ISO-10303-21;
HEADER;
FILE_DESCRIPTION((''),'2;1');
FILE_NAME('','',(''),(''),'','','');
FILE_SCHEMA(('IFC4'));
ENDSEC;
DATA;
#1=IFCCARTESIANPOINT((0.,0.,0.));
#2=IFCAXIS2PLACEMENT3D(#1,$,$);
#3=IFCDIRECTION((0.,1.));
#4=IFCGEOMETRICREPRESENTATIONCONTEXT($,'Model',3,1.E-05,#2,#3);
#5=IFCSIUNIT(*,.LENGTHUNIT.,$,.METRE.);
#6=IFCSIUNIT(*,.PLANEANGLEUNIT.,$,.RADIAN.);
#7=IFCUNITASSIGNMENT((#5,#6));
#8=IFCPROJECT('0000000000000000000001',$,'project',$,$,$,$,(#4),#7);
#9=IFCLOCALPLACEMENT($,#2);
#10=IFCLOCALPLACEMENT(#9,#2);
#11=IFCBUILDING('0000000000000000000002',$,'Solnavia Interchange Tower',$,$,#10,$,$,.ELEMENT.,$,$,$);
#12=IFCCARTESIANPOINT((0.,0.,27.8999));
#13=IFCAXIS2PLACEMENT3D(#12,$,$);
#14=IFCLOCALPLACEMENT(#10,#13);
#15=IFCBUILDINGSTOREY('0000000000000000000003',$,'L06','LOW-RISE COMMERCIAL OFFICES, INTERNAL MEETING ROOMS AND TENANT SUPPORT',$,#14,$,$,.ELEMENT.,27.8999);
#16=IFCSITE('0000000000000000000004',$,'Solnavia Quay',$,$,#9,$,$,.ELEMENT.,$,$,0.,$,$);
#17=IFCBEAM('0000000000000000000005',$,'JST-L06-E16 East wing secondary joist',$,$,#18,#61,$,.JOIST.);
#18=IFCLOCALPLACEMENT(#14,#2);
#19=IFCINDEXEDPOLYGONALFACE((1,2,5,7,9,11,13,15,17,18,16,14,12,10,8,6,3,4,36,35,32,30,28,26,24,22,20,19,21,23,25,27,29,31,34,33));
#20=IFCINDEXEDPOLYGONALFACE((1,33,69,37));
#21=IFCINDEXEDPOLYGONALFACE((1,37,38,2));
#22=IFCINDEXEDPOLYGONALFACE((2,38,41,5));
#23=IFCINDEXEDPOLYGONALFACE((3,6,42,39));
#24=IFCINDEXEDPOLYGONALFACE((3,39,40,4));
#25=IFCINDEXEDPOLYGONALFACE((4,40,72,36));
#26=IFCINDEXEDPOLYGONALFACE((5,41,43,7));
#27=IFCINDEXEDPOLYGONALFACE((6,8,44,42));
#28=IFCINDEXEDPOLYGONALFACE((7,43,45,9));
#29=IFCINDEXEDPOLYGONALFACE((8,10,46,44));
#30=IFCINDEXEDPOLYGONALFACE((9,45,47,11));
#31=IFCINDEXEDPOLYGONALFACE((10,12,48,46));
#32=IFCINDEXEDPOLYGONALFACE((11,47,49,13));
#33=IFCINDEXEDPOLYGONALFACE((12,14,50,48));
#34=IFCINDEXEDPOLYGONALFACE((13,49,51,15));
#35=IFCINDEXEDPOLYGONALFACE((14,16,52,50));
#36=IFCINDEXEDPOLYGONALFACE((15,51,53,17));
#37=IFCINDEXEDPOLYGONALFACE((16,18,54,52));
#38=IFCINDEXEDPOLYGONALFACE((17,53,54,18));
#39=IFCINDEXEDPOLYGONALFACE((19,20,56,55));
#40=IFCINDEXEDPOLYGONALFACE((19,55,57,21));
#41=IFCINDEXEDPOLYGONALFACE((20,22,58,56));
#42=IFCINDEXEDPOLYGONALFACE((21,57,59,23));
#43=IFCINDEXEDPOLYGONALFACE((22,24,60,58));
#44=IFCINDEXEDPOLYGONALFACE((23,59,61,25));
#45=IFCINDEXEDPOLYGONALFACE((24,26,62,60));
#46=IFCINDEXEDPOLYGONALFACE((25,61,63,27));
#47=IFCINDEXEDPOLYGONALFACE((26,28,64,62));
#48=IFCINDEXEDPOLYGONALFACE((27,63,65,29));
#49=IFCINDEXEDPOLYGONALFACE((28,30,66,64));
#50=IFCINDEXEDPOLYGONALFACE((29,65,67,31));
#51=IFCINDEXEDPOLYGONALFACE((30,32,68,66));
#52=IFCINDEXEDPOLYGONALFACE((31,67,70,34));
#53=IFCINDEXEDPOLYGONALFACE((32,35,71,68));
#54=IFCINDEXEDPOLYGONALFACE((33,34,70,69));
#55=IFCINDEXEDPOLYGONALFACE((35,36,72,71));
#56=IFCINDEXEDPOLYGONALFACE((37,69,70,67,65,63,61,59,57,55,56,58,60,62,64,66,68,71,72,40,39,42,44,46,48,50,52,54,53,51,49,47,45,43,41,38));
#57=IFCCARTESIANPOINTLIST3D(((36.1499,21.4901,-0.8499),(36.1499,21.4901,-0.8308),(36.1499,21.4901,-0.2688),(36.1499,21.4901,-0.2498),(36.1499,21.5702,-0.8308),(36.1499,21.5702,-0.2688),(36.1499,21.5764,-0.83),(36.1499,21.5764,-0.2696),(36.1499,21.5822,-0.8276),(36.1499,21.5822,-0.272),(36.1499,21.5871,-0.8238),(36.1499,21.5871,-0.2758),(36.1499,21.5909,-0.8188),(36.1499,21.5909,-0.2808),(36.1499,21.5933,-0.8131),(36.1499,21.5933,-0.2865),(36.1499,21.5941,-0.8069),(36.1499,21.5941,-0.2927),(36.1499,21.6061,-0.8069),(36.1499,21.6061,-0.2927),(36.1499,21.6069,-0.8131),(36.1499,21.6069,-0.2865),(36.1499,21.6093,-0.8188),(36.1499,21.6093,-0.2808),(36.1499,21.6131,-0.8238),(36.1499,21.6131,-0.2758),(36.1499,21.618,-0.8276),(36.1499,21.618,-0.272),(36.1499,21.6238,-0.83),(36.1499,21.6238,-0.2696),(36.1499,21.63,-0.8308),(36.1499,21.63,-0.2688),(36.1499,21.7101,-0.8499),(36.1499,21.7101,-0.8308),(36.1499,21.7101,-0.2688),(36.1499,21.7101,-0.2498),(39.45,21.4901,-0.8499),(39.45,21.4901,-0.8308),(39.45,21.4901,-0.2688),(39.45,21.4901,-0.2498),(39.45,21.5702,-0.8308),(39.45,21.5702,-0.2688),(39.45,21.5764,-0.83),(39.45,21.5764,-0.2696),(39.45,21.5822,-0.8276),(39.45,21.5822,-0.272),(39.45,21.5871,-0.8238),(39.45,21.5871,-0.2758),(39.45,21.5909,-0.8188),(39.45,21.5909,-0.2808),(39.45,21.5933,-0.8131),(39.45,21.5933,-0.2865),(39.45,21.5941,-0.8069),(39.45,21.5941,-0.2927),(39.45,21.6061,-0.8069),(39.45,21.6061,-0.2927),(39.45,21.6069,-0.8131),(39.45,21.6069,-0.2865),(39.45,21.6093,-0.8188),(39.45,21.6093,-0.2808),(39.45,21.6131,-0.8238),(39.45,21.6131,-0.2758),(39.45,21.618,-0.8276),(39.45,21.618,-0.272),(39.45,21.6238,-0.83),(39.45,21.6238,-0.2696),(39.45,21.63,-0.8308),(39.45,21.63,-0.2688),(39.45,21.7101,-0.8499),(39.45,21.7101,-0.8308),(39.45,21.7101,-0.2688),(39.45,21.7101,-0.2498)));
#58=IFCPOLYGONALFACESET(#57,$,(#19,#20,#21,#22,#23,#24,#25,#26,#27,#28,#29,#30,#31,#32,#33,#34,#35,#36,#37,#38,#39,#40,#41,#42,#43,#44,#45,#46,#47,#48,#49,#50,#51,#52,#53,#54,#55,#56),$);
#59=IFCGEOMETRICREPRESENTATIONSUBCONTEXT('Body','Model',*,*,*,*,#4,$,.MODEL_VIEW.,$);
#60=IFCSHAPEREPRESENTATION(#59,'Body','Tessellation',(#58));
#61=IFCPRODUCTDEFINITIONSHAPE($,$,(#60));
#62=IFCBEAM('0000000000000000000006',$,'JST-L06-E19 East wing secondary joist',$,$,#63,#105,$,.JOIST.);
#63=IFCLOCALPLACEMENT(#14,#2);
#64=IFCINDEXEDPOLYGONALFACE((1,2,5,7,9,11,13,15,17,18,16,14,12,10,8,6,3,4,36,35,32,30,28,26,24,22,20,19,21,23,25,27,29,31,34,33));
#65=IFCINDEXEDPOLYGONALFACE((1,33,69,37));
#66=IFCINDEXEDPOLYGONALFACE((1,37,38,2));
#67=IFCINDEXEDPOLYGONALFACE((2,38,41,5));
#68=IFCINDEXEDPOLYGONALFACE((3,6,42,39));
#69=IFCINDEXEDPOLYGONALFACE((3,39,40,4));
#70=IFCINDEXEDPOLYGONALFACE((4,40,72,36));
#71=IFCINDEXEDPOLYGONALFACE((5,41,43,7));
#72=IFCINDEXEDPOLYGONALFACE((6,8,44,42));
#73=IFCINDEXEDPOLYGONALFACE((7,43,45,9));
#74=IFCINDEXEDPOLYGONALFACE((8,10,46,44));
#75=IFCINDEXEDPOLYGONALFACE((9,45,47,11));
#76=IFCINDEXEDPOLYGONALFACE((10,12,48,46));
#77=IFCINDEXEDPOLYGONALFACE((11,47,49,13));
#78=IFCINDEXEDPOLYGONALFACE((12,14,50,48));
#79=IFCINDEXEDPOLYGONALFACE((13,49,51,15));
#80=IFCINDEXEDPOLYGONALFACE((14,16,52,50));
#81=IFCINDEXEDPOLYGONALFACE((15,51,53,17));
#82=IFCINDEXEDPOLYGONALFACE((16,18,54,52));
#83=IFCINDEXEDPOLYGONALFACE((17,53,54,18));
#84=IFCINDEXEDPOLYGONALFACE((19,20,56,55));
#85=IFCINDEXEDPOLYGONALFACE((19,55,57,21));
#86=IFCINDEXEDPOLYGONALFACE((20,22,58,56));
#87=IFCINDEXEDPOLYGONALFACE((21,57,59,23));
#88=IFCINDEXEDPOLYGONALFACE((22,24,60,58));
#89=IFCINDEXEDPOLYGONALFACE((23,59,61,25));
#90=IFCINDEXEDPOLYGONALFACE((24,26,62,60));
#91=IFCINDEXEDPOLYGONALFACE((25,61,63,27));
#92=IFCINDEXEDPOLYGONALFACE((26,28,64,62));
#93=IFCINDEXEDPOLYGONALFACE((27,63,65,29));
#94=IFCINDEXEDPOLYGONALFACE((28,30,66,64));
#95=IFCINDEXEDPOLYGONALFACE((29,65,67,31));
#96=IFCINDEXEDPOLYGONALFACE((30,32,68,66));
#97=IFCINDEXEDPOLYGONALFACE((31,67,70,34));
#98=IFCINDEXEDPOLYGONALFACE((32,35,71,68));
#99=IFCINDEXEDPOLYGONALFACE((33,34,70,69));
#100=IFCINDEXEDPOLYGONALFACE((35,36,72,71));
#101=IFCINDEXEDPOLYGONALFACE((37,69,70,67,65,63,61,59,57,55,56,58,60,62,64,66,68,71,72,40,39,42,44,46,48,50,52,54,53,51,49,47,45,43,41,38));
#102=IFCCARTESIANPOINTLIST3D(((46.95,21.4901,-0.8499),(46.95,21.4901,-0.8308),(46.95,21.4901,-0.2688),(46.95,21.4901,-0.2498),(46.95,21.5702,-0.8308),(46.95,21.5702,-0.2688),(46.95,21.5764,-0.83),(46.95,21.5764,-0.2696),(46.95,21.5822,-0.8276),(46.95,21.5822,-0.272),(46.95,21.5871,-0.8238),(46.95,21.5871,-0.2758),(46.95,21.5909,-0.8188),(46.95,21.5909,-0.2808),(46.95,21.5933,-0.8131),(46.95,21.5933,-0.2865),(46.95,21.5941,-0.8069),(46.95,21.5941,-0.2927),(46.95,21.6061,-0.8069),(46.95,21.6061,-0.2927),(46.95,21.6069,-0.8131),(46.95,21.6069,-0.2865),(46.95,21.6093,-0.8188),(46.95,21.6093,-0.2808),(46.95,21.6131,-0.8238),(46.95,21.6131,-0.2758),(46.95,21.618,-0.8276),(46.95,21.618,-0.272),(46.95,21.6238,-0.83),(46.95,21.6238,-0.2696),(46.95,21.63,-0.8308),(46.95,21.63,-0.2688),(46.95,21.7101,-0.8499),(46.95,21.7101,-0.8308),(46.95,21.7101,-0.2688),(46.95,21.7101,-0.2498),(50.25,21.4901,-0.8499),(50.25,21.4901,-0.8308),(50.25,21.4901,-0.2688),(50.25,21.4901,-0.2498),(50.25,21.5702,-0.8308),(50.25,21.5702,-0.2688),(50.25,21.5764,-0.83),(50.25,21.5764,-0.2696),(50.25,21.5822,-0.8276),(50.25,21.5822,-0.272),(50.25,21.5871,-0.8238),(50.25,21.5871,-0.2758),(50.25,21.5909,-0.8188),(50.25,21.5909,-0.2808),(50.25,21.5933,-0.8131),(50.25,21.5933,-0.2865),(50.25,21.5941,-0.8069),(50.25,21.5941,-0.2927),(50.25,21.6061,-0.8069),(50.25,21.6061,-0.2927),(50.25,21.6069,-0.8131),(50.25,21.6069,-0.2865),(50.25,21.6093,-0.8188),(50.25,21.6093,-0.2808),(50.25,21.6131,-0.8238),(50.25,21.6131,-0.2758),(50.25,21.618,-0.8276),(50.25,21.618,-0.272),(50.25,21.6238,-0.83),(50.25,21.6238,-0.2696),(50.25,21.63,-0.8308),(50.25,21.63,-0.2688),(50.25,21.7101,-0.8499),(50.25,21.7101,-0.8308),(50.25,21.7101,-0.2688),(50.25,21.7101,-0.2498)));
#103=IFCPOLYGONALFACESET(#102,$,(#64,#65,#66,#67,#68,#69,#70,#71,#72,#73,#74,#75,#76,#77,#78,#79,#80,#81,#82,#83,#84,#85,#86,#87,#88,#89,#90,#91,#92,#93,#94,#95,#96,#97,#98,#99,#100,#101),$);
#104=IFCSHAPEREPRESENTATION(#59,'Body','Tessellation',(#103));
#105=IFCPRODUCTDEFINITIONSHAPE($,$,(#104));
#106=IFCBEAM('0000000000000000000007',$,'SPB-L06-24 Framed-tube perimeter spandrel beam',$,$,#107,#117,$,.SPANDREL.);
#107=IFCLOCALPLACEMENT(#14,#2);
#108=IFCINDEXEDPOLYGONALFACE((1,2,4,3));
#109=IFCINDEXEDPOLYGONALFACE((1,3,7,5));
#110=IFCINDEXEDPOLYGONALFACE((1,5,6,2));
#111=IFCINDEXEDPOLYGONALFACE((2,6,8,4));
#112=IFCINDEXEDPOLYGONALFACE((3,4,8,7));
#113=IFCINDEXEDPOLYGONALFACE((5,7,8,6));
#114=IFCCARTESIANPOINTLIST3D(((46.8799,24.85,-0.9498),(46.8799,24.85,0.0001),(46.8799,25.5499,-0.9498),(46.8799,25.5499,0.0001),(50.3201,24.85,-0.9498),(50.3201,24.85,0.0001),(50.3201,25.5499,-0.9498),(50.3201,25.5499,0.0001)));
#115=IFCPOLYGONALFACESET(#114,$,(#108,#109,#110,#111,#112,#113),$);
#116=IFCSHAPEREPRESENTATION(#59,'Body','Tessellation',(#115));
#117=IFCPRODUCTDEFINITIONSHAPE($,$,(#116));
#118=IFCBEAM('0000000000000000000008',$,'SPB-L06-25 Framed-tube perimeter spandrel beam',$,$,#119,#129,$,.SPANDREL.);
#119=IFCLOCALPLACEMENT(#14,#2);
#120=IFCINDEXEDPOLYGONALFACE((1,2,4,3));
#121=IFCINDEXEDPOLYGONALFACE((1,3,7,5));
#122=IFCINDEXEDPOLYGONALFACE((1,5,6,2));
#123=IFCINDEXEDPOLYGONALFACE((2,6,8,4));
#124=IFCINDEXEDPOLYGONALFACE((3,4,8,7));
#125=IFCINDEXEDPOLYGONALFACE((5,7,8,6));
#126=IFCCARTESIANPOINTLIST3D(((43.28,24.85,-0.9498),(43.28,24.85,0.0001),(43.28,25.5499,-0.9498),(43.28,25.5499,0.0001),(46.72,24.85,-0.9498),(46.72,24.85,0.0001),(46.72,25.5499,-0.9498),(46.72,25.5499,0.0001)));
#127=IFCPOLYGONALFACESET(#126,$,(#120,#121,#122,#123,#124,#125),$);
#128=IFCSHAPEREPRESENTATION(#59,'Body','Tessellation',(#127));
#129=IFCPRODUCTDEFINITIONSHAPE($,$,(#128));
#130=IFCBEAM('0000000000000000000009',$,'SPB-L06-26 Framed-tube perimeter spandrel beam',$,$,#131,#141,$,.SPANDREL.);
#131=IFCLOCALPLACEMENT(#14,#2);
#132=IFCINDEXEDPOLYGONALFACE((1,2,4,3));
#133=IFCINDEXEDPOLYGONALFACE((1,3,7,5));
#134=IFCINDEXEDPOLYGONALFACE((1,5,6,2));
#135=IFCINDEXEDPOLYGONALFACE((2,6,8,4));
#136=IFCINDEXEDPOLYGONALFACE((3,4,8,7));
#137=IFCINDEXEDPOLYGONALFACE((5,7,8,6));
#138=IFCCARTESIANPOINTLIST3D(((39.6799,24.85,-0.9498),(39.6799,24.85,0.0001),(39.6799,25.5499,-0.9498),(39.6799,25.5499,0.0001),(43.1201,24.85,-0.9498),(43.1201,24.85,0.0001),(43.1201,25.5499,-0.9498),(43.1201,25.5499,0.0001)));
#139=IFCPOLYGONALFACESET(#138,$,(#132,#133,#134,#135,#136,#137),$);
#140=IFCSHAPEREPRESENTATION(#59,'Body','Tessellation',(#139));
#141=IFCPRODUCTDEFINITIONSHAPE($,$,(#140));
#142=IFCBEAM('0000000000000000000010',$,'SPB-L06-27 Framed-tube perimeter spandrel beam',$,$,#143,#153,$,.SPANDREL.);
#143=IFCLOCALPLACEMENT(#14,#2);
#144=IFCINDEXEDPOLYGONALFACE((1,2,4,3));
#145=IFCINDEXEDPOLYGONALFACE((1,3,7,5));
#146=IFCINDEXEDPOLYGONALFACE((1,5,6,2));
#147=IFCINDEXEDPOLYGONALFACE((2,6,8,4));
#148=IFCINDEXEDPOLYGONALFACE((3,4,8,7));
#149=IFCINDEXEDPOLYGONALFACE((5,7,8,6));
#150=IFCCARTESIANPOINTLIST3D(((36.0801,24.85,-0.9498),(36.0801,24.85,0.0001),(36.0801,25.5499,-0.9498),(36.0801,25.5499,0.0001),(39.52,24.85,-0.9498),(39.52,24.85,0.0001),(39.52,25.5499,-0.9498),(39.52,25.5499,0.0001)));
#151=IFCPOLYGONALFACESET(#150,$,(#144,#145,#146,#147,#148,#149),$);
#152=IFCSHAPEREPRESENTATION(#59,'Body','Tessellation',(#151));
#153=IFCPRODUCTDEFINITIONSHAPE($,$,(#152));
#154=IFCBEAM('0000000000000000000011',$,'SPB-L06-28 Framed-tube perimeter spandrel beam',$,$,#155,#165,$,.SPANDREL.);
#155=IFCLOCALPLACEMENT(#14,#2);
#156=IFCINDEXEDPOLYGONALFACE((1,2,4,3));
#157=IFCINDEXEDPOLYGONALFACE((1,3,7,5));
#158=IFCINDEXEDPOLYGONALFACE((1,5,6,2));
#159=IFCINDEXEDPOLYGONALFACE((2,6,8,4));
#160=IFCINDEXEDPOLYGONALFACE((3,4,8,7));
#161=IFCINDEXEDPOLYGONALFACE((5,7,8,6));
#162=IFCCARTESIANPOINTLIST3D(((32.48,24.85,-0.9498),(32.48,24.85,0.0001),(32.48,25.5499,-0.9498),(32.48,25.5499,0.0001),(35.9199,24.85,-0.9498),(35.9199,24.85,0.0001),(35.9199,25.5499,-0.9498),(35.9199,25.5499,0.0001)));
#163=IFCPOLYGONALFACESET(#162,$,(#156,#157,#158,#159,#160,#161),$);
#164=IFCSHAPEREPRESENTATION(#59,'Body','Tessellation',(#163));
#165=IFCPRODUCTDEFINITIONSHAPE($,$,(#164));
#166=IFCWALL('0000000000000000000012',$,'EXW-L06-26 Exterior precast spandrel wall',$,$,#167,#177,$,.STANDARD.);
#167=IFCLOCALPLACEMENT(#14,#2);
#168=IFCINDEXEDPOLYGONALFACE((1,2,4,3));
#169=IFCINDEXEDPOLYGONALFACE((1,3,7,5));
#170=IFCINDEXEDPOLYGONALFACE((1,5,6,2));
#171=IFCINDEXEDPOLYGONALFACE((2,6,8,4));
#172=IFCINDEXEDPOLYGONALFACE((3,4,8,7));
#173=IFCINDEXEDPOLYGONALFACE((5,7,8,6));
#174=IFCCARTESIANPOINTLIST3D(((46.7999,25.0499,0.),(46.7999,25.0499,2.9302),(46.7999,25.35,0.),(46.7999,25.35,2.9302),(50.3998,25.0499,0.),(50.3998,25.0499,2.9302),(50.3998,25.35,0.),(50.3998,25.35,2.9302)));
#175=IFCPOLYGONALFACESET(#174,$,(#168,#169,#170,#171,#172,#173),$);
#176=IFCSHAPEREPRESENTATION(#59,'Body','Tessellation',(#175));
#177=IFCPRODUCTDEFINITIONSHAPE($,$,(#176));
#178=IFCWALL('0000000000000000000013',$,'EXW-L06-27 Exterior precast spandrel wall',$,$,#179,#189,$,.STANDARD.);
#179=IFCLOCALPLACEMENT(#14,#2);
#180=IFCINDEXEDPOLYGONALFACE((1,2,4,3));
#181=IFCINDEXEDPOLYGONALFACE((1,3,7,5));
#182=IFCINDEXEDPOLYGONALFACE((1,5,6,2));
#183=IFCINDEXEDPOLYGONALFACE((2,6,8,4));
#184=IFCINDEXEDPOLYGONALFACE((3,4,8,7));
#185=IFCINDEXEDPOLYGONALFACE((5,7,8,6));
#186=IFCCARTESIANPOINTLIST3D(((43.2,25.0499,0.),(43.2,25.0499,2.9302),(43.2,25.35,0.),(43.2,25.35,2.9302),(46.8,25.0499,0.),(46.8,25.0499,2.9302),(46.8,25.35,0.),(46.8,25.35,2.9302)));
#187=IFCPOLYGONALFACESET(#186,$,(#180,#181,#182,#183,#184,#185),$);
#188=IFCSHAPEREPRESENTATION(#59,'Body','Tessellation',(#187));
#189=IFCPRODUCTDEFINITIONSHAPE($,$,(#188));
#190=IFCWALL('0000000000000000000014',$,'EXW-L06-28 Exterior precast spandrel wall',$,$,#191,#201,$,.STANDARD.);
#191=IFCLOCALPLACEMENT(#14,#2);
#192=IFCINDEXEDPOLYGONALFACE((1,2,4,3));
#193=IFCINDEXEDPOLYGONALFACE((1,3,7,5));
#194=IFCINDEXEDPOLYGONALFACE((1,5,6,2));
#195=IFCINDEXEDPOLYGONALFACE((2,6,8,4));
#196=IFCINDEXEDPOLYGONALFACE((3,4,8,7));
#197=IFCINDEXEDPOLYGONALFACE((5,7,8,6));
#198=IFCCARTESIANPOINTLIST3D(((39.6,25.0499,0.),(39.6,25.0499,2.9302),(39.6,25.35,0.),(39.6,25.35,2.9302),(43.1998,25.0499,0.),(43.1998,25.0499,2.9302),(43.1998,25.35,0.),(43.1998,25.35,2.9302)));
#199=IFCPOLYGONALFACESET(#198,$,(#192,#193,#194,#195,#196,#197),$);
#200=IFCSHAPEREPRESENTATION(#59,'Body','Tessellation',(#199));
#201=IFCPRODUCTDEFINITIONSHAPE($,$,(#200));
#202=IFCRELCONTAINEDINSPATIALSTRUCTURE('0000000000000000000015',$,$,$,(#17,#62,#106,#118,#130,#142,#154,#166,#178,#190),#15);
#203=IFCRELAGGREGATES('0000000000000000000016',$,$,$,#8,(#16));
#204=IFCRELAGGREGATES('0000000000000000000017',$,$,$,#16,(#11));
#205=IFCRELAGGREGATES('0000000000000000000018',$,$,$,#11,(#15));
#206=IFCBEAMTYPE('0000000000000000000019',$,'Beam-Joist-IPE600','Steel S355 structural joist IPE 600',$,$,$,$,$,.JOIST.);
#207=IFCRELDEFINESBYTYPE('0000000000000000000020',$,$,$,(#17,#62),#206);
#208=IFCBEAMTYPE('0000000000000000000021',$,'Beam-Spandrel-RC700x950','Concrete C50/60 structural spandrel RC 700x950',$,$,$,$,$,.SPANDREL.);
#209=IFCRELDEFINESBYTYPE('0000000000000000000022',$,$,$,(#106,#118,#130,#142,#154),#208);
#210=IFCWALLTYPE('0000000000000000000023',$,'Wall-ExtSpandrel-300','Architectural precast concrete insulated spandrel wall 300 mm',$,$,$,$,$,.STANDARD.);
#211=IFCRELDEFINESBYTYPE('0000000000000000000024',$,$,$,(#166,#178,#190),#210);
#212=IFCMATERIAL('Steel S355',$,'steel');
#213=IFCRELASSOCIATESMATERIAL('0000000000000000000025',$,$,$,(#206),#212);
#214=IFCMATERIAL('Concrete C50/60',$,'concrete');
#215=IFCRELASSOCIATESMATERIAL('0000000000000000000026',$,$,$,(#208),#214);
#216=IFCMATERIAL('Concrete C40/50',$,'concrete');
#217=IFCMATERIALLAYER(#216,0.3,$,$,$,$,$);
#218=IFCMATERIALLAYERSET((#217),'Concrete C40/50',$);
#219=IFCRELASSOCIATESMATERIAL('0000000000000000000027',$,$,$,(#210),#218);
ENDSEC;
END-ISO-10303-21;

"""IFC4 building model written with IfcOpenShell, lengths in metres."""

from ifc_helpers import new_model, si_unit, direction, frame, frame_2d, origin, origin_2d, place, context, subcontext, project, spatial, rectangle, i_section, extrude, material, layer, layer_set, material_profile, profile_set, type_object, element, save


model = new_model("IFC4")

# Units and contexts
model_context = context("Model", 3, precision=1e-05, world=origin(), true_north=direction((0.0, 1.0)))
body_context = subcontext(model_context, "Body", "Model", "MODEL_VIEW")
ifc_project = project(units=[si_unit("LENGTHUNIT", "METRE"), si_unit("PLANEANGLEUNIT", "RADIAN")], contexts=[model_context])

# Site, building, storey
site_placement = place(None, origin())
site = spatial("IfcSite", under=ifc_project, at=site_placement, Name="Solnavia Quay", CompositionType="ELEMENT", RefElevation=0.0)
building_placement = place(site_placement, origin())
building = spatial("IfcBuilding", under=site, at=building_placement, Name="Solnavia Interchange Tower", CompositionType="ELEMENT")
storey_placement = place(building_placement, frame((0.0, 0.0, 27.8999)))
storey = spatial("IfcBuildingStorey", under=building, at=storey_placement, Name="L06", Description="LOW-RISE COMMERCIAL OFFICES, INTERNAL MEETING ROOMS AND TENANT SUPPORT", CompositionType="ELEMENT", Elevation=27.8999)

# Shared definitions
ifc_material_1 = material(Name="Steel S355", Category="steel")

# Beams
ifc_material_profile_1 = material_profile(ifc_material_1, i_section(OverallWidth=0.22, OverallDepth=0.6001, WebThickness=0.012, FlangeThickness=0.019, FilletRadius=0.0239, at=origin_2d()), Name="IPE 600")
ifc_profile_set_1 = profile_set([ifc_material_profile_1], Name="Steel S355")
beam_type_1 = type_object("IfcBeamType", Name="Beam-Joist-IPE600", Description="Steel S355 structural joist IPE 600", PredefinedType="JOIST", material=ifc_profile_set_1)
for number, where, z_axis, x_axis, name in (
    (1, (36.1499, 21.6001, -0.5498), (1.0, 0.0, 0.0), (0.0, 1.0, 0.0), "JST-L06-E16 East wing secondary joist"),
    (2, (46.95, 21.6001, -0.5498), (1.0, 0.0, 0.0), (0.0, 1.0, 0.0), "JST-L06-E19 East wing secondary joist"),
):
    element("IfcBeam", number, at=place(storey_placement, frame(where, z_axis=z_axis, x_axis=x_axis)), inside=storey, type_object=beam_type_1, Name=name, PredefinedType="JOIST", context=body_context, shape_type="SweptSolid", body=[
        extrude(i_section(OverallWidth=0.22, OverallDepth=0.6001, WebThickness=0.012, FlangeThickness=0.019, FilletRadius=0.0239, at=origin_2d()), origin(), (0.0, 0.0, 1.0), 3.3),
    ])
ifc_material_2 = material(Name="Concrete C50/60", Category="concrete")
ifc_material_profile_2 = material_profile(ifc_material_2, rectangle(XDim=0.7, YDim=0.95, at=origin_2d()), Name="RC 700x950")
ifc_profile_set_2 = profile_set([ifc_material_profile_2], Name="Concrete C50/60")
beam_type_2 = type_object("IfcBeamType", Name="Beam-Spandrel-RC700x950", Description="Concrete C50/60 structural spandrel RC 700x950", PredefinedType="SPANDREL", material=ifc_profile_set_2)
beam_1_placement = place(storey_placement, frame((50.3201, 25.2, -0.4749), z_axis=(-1.0, 0.0, 0.0), x_axis=(0.0, -1.0, 0.0)))
element("IfcBeam", 3, at=beam_1_placement, inside=storey, type_object=beam_type_2, Name="SPB-L06-24 Framed-tube perimeter spandrel beam", PredefinedType="SPANDREL", context=body_context, shape_type="SweptSolid", body=[
    extrude(rectangle(XDim=0.7, YDim=0.95, at=origin_2d()), origin(), (0.0, 0.0, 1.0), 3.4402),
])
beam_2_placement = place(storey_placement, frame((46.72, 25.2, -0.4749), z_axis=(-1.0, 0.0, 0.0), x_axis=(0.0, -1.0, 0.0)))
element("IfcBeam", 4, at=beam_2_placement, inside=storey, type_object=beam_type_2, Name="SPB-L06-25 Framed-tube perimeter spandrel beam", PredefinedType="SPANDREL", context=body_context, shape_type="SweptSolid", body=[
    extrude(rectangle(XDim=0.7, YDim=0.95, at=origin_2d()), origin(), (0.0, 0.0, 1.0), 3.4399),
])
beam_3_placement = place(storey_placement, frame((43.1201, 25.2, -0.4749), z_axis=(-1.0, 0.0, 0.0), x_axis=(0.0, -1.0, 0.0)))
element("IfcBeam", 5, at=beam_3_placement, inside=storey, type_object=beam_type_2, Name="SPB-L06-26 Framed-tube perimeter spandrel beam", PredefinedType="SPANDREL", context=body_context, shape_type="SweptSolid", body=[
    extrude(rectangle(XDim=0.7, YDim=0.95, at=origin_2d()), origin(), (0.0, 0.0, 1.0), 3.4402),
])
for number, where, z_axis, x_axis, name in (
    (6, (39.52, 25.2, -0.4749), (-1.0, 0.0, 0.0), (0.0, -1.0, 0.0), "SPB-L06-27 Framed-tube perimeter spandrel beam"),
    (7, (35.9199, 25.2, -0.4749), (-1.0, 0.0, 0.0), (0.0, -1.0, 0.0), "SPB-L06-28 Framed-tube perimeter spandrel beam"),
):
    element("IfcBeam", number, at=place(storey_placement, frame(where, z_axis=z_axis, x_axis=x_axis)), inside=storey, type_object=beam_type_2, Name=name, PredefinedType="SPANDREL", context=body_context, shape_type="SweptSolid", body=[
        extrude(rectangle(XDim=0.7, YDim=0.95, at=origin_2d()), origin(), (0.0, 0.0, 1.0), 3.4399),
    ])

# Walls
ifc_material_3 = material(Name="Concrete C40/50", Category="concrete")
ifc_layer_1 = layer(ifc_material_3, 0.3)
ifc_layer_set_1 = layer_set([ifc_layer_1], Name="Concrete C40/50")
wall_type_1 = type_object("IfcWallType", Name="Wall-ExtSpandrel-300", Description="Architectural precast concrete insulated spandrel wall 300 mm", PredefinedType="STANDARD", material=ifc_layer_set_1)
wall_1_placement = place(storey_placement, frame((46.8, 25.2, 0.0), z_axis=(0.0, 0.0, 1.0), x_axis=(1.0, 0.0, 0.0)))
element("IfcWall", 8, at=wall_1_placement, inside=storey, type_object=wall_type_1, Name="EXW-L06-26 Exterior precast spandrel wall", PredefinedType="STANDARD", context=body_context, shape_type="SweptSolid", body=[
    extrude(rectangle(XDim=3.5999, YDim=0.3, at=frame_2d((1.7998, 0.0))), origin(), (0.0, 0.0, 1.0), 2.9302),
])
wall_2_placement = place(storey_placement, frame((43.2, 25.2, 0.0), z_axis=(0.0, 0.0, 1.0), x_axis=(1.0, 0.0, 0.0)))
element("IfcWall", 9, at=wall_2_placement, inside=storey, type_object=wall_type_1, Name="EXW-L06-27 Exterior precast spandrel wall", PredefinedType="STANDARD", context=body_context, shape_type="SweptSolid", body=[
    extrude(rectangle(XDim=3.6001, YDim=0.3, at=frame_2d((1.8, 0.0))), origin(), (0.0, 0.0, 1.0), 2.9302),
])
wall_3_placement = place(storey_placement, frame((39.6001, 25.2, 0.0), z_axis=(0.0, 0.0, 1.0), x_axis=(1.0, 0.0, 0.0)))
element("IfcWall", 10, at=wall_3_placement, inside=storey, type_object=wall_type_1, Name="EXW-L06-28 Exterior precast spandrel wall", PredefinedType="STANDARD", context=body_context, shape_type="SweptSolid", body=[
    extrude(rectangle(XDim=3.5999, YDim=0.3, at=frame_2d((1.7998, 0.0))), origin(), (0.0, 0.0, 1.0), 2.9302),
])

save(model, "model.ifc")
